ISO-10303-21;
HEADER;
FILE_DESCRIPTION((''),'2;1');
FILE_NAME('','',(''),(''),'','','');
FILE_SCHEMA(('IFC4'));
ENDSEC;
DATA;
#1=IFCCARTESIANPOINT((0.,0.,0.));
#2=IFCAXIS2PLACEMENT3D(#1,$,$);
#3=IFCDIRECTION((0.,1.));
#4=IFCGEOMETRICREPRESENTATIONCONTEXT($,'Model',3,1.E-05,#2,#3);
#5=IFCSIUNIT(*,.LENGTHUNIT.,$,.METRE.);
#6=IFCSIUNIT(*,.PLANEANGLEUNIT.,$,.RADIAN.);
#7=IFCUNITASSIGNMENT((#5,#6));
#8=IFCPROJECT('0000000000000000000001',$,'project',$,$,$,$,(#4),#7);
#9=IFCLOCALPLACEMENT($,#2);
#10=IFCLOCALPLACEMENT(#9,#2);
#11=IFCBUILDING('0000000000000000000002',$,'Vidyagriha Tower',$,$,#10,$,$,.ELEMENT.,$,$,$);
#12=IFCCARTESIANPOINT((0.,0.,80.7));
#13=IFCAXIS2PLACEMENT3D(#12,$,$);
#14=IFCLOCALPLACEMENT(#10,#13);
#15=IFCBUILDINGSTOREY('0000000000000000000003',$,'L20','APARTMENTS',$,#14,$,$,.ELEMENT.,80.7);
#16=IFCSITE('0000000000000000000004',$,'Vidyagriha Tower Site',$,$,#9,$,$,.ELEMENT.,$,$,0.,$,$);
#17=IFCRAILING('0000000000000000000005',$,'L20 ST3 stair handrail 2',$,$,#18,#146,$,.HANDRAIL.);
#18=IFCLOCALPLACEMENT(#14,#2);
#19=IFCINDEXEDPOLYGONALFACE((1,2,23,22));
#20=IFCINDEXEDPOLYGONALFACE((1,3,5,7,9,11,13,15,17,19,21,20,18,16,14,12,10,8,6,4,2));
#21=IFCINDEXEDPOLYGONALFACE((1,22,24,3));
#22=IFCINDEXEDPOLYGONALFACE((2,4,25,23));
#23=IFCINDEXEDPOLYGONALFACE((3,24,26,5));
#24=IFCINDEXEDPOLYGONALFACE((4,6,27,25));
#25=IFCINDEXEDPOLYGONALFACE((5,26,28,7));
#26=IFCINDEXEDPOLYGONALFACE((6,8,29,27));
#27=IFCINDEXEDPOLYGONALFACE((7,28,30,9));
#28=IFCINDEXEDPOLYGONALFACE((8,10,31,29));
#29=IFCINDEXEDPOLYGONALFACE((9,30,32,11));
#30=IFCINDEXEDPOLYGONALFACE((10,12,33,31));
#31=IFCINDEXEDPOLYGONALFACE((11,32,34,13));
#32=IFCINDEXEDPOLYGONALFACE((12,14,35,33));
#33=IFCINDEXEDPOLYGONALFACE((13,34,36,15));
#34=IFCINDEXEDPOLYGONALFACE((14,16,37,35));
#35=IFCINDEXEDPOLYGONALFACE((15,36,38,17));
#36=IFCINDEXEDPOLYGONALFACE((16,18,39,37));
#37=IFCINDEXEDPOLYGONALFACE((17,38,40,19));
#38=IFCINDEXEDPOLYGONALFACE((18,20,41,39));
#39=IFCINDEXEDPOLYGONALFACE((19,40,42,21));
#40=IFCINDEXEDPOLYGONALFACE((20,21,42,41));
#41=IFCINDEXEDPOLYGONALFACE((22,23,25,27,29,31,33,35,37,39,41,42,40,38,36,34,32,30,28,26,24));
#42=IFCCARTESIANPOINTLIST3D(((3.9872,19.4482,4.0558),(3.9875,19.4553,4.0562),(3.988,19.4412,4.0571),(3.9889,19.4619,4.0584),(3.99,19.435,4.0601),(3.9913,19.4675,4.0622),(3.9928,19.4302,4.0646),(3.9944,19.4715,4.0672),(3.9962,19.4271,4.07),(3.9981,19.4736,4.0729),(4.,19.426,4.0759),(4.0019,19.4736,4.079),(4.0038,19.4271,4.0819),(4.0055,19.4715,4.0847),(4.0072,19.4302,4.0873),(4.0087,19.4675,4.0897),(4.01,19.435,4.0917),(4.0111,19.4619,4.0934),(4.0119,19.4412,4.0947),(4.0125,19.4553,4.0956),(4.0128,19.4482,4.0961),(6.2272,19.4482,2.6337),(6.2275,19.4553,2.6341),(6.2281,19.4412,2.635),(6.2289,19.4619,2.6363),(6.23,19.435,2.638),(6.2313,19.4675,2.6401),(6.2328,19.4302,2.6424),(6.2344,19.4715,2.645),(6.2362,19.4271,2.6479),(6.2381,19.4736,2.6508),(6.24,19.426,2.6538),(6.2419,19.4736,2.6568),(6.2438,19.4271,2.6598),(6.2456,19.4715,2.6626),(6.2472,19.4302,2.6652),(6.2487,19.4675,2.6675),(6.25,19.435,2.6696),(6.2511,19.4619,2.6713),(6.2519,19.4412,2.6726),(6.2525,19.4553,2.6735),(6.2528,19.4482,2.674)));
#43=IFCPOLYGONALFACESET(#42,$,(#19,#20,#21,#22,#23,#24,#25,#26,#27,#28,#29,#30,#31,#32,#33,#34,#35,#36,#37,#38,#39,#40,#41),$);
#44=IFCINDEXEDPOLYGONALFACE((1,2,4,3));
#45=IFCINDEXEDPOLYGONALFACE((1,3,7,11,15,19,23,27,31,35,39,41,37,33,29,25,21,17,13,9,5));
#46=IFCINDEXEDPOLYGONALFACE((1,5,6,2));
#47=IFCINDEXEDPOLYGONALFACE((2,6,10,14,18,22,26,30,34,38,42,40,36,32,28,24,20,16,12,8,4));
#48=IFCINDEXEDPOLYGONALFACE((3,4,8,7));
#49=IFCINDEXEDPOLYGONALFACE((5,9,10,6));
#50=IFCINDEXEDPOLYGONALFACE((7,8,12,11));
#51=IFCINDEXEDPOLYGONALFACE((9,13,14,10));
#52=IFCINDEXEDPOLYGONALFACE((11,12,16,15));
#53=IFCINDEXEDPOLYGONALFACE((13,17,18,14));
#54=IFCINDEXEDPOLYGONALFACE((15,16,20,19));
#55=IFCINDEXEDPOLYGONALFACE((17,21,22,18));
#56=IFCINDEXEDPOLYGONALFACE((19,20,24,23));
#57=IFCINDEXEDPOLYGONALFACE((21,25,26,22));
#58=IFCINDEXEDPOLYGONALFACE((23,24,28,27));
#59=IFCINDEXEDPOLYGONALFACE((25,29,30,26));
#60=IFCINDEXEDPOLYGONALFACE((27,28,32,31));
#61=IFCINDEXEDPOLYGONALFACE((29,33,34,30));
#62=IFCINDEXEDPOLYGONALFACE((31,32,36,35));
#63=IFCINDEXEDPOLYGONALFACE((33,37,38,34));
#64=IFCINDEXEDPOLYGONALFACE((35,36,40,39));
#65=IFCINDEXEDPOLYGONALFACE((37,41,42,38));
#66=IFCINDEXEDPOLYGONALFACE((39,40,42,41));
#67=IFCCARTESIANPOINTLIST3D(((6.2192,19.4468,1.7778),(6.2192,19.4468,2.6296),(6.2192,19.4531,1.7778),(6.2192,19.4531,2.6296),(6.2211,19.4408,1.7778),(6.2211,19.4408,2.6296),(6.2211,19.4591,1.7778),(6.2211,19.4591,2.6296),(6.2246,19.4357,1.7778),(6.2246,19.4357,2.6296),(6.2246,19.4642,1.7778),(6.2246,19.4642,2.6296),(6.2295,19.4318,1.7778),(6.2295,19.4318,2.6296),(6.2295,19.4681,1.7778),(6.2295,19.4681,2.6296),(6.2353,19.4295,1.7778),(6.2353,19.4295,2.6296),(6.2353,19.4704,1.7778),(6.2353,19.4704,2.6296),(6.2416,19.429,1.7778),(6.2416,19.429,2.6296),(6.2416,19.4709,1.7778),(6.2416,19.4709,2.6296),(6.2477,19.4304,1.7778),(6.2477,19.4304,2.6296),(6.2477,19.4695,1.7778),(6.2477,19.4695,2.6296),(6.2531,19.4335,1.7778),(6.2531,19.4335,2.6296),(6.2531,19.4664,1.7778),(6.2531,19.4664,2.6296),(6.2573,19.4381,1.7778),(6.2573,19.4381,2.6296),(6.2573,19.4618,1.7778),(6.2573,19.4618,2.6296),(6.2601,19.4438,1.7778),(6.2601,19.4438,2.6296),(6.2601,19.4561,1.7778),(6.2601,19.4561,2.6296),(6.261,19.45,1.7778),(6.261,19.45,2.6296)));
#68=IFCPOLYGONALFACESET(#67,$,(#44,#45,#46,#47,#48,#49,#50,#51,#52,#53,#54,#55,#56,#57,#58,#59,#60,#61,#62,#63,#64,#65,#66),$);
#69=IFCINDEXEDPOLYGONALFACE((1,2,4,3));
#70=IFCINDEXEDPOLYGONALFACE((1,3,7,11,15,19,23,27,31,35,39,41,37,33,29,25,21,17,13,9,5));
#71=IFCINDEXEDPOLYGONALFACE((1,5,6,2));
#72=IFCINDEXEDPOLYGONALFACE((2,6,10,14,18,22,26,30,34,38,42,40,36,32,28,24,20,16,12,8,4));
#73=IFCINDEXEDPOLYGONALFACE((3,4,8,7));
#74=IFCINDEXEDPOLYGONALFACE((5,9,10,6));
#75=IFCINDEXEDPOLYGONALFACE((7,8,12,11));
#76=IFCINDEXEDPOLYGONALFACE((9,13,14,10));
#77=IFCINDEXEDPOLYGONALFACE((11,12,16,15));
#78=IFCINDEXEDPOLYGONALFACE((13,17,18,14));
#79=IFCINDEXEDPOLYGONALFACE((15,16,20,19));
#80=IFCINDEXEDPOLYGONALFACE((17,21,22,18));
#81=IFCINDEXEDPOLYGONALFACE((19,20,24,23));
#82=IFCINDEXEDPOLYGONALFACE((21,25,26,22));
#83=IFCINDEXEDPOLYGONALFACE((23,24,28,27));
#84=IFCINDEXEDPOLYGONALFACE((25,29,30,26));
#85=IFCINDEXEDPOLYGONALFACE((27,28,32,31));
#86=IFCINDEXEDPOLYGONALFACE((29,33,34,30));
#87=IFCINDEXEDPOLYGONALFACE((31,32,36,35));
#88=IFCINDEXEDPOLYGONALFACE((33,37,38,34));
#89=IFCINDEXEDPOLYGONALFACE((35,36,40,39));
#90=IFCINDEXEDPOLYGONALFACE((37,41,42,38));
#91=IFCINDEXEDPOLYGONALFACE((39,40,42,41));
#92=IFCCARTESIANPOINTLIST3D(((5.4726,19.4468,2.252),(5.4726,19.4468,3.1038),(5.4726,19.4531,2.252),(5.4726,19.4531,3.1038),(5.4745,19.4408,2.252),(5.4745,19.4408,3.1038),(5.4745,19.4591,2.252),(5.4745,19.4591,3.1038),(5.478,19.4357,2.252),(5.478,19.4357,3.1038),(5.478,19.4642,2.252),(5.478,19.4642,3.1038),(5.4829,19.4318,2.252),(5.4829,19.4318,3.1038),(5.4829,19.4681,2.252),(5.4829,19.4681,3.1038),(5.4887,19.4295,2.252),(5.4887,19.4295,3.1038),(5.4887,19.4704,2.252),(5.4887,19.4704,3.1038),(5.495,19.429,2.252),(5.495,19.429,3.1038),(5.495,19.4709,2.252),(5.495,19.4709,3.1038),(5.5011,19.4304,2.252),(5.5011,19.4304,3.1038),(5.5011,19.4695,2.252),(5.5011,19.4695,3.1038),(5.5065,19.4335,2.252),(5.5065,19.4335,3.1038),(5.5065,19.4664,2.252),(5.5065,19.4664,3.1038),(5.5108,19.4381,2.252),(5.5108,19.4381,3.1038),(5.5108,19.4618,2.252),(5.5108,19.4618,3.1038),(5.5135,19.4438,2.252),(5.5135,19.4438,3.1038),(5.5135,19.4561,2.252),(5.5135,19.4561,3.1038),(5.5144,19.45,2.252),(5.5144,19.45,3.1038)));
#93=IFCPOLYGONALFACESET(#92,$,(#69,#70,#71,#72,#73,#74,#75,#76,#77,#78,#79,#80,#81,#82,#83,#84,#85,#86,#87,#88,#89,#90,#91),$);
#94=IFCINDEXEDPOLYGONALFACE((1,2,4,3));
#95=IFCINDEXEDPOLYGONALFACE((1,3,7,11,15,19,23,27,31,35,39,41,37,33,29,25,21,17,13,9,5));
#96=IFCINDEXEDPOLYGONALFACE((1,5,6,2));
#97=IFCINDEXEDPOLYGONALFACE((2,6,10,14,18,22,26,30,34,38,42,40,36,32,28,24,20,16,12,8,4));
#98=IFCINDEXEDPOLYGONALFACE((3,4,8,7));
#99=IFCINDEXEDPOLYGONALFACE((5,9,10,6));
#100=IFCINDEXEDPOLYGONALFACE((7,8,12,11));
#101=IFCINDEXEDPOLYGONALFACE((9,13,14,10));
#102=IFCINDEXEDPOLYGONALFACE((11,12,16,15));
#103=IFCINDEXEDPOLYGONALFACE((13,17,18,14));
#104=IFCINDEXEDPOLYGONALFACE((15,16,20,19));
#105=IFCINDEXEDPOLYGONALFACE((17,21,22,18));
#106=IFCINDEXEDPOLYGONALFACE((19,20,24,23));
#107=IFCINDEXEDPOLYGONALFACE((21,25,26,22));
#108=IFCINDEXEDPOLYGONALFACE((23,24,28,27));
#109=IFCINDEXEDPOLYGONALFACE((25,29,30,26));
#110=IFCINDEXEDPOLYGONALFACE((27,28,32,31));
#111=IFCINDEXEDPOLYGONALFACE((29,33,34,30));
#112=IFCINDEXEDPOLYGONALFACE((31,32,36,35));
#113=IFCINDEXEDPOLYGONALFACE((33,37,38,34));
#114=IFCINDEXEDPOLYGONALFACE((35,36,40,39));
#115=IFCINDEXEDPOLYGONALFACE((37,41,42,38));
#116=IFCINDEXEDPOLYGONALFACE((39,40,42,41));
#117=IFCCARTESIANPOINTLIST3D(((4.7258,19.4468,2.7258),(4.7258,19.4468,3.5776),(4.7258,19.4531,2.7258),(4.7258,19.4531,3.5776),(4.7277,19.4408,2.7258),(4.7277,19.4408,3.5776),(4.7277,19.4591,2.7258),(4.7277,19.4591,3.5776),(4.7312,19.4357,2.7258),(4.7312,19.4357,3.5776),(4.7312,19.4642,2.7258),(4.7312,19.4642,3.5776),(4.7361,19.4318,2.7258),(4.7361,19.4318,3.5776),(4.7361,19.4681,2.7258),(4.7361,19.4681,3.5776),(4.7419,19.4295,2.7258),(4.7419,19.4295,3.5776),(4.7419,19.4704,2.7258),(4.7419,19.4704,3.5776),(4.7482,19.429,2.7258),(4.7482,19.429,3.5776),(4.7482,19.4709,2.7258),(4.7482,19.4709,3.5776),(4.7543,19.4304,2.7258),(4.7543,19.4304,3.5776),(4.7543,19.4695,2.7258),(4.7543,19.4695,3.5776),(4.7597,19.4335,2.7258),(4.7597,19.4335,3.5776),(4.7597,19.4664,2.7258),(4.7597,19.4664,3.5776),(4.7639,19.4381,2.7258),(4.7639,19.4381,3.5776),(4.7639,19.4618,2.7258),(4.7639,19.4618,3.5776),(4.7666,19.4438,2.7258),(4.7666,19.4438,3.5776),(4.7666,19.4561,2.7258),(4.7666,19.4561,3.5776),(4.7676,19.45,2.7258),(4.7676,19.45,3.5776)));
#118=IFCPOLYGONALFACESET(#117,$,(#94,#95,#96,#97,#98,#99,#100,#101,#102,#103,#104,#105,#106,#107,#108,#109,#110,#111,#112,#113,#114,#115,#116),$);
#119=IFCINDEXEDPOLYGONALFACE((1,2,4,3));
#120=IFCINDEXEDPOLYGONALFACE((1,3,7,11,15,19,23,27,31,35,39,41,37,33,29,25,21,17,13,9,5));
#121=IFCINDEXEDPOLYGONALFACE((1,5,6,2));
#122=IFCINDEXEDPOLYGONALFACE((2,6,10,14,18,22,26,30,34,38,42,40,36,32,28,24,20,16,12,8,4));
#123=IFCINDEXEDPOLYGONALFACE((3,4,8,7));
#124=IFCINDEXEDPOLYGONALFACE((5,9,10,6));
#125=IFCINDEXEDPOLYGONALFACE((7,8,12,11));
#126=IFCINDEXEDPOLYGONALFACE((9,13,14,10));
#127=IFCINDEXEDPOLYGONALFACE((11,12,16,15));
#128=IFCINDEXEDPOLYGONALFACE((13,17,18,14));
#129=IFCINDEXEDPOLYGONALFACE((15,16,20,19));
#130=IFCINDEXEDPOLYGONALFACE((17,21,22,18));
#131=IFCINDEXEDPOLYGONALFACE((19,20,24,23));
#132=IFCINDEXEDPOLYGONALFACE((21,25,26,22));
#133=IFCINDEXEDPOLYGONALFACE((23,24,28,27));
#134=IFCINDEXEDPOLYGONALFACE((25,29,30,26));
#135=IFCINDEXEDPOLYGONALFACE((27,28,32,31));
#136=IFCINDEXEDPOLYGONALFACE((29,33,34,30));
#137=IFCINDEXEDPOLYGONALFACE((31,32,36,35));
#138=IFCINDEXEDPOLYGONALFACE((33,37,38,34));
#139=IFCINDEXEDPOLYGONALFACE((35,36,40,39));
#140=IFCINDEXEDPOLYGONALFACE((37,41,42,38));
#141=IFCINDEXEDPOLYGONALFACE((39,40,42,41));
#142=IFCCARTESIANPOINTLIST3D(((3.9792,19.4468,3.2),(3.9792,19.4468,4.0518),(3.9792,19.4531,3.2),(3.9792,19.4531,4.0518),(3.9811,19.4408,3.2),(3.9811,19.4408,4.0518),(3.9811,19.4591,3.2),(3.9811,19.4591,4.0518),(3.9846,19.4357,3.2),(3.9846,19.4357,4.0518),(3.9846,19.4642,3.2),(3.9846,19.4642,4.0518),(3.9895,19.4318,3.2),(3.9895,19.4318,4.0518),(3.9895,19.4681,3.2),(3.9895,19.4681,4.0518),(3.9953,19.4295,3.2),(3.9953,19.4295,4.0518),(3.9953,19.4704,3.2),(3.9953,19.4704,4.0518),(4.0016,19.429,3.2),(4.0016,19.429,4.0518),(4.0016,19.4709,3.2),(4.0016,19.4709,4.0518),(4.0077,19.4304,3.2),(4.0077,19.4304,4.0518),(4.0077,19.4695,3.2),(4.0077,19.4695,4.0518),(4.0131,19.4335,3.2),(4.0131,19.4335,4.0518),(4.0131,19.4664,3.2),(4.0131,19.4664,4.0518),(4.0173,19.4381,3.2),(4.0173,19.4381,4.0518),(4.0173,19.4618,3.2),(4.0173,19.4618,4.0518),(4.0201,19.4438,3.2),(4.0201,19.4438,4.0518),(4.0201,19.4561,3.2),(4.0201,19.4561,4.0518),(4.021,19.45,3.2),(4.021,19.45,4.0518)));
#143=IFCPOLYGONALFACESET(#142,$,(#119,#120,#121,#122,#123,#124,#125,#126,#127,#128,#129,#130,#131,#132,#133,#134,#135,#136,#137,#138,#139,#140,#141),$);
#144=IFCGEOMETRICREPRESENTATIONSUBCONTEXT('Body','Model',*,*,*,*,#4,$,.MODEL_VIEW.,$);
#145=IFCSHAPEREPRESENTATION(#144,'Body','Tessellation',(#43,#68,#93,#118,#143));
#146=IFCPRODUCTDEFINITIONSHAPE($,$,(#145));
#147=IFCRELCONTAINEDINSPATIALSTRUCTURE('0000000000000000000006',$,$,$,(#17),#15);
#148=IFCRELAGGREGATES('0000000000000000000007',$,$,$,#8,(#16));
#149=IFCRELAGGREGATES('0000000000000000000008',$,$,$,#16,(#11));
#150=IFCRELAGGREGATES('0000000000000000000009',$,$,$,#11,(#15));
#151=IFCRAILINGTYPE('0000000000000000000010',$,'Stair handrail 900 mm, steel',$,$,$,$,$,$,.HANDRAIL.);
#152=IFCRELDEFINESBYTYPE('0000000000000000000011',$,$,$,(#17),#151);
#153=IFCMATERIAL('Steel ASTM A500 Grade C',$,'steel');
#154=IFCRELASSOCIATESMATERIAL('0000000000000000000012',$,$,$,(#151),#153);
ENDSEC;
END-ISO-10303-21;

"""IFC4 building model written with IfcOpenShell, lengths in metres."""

from ifc_helpers import new_model, si_unit, direction, frame, origin, origin_2d, place, context, subcontext, project, spatial, circle, extrude, material, type_object, element, save


model = new_model("IFC4")

# Units and contexts
model_context = context("Model", 3, precision=1e-05, world=origin(), true_north=direction((0.0, 1.0)))
body_context = subcontext(model_context, "Body", "Model", "MODEL_VIEW")
ifc_project = project(units=[si_unit("LENGTHUNIT", "METRE"), si_unit("PLANEANGLEUNIT", "RADIAN")], contexts=[model_context])

# Site, building, storey
site_placement = place(None, origin())
site = spatial("IfcSite", under=ifc_project, at=site_placement, Name="Vidyagriha Tower Site", CompositionType="ELEMENT", RefElevation=0.0)
building_placement = place(site_placement, origin())
building = spatial("IfcBuilding", under=site, at=building_placement, Name="Vidyagriha Tower", CompositionType="ELEMENT")
storey_placement = place(building_placement, frame((0.0, 0.0, 80.7)))
storey = spatial("IfcBuildingStorey", under=building, at=storey_placement, Name="L20", Description="APARTMENTS", CompositionType="ELEMENT", Elevation=80.7)

# Railing
ifc_material_1 = material(Name="Steel ASTM A500 Grade C", Category="steel")
railing_type_1 = type_object("IfcRailingType", Name="Stair handrail 900 mm, steel", PredefinedType="HANDRAIL", material=ifc_material_1)
railing_1_placement = place(storey_placement, frame((6.24, 19.45, 1.7778)))
element("IfcRailing", 1, at=railing_1_placement, inside=storey, type_object=railing_type_1, Name="L20 ST3 stair handrail 2", PredefinedType="HANDRAIL", context=body_context, shape_type="SweptSolid", body=[
    extrude(circle(Radius=0.0239, at=origin_2d()), frame((0.0, 0.0, 0.876), z_axis=(-0.844229, 0.0, 0.535982), x_axis=(0.0, -1.0, 0.0)), (0.0, 0.0, 1.0), 2.6533),
    extrude(circle(Radius=0.021, at=origin_2d()), origin(), (0.0, 0.0, 1.0), 0.8518),
    extrude(circle(Radius=0.021, at=origin_2d()), frame((-0.7466, 0.0, 0.4741)), (0.0, 0.0, 1.0), 0.8518),
    extrude(circle(Radius=0.021, at=origin_2d()), frame((-1.4934, 0.0, 0.948)), (0.0, 0.0, 1.0), 0.8518),
    extrude(circle(Radius=0.021, at=origin_2d()), frame((-2.24, 0.0, 1.4221)), (0.0, 0.0, 1.0), 0.8518),
])

save(model, "model.ifc")
